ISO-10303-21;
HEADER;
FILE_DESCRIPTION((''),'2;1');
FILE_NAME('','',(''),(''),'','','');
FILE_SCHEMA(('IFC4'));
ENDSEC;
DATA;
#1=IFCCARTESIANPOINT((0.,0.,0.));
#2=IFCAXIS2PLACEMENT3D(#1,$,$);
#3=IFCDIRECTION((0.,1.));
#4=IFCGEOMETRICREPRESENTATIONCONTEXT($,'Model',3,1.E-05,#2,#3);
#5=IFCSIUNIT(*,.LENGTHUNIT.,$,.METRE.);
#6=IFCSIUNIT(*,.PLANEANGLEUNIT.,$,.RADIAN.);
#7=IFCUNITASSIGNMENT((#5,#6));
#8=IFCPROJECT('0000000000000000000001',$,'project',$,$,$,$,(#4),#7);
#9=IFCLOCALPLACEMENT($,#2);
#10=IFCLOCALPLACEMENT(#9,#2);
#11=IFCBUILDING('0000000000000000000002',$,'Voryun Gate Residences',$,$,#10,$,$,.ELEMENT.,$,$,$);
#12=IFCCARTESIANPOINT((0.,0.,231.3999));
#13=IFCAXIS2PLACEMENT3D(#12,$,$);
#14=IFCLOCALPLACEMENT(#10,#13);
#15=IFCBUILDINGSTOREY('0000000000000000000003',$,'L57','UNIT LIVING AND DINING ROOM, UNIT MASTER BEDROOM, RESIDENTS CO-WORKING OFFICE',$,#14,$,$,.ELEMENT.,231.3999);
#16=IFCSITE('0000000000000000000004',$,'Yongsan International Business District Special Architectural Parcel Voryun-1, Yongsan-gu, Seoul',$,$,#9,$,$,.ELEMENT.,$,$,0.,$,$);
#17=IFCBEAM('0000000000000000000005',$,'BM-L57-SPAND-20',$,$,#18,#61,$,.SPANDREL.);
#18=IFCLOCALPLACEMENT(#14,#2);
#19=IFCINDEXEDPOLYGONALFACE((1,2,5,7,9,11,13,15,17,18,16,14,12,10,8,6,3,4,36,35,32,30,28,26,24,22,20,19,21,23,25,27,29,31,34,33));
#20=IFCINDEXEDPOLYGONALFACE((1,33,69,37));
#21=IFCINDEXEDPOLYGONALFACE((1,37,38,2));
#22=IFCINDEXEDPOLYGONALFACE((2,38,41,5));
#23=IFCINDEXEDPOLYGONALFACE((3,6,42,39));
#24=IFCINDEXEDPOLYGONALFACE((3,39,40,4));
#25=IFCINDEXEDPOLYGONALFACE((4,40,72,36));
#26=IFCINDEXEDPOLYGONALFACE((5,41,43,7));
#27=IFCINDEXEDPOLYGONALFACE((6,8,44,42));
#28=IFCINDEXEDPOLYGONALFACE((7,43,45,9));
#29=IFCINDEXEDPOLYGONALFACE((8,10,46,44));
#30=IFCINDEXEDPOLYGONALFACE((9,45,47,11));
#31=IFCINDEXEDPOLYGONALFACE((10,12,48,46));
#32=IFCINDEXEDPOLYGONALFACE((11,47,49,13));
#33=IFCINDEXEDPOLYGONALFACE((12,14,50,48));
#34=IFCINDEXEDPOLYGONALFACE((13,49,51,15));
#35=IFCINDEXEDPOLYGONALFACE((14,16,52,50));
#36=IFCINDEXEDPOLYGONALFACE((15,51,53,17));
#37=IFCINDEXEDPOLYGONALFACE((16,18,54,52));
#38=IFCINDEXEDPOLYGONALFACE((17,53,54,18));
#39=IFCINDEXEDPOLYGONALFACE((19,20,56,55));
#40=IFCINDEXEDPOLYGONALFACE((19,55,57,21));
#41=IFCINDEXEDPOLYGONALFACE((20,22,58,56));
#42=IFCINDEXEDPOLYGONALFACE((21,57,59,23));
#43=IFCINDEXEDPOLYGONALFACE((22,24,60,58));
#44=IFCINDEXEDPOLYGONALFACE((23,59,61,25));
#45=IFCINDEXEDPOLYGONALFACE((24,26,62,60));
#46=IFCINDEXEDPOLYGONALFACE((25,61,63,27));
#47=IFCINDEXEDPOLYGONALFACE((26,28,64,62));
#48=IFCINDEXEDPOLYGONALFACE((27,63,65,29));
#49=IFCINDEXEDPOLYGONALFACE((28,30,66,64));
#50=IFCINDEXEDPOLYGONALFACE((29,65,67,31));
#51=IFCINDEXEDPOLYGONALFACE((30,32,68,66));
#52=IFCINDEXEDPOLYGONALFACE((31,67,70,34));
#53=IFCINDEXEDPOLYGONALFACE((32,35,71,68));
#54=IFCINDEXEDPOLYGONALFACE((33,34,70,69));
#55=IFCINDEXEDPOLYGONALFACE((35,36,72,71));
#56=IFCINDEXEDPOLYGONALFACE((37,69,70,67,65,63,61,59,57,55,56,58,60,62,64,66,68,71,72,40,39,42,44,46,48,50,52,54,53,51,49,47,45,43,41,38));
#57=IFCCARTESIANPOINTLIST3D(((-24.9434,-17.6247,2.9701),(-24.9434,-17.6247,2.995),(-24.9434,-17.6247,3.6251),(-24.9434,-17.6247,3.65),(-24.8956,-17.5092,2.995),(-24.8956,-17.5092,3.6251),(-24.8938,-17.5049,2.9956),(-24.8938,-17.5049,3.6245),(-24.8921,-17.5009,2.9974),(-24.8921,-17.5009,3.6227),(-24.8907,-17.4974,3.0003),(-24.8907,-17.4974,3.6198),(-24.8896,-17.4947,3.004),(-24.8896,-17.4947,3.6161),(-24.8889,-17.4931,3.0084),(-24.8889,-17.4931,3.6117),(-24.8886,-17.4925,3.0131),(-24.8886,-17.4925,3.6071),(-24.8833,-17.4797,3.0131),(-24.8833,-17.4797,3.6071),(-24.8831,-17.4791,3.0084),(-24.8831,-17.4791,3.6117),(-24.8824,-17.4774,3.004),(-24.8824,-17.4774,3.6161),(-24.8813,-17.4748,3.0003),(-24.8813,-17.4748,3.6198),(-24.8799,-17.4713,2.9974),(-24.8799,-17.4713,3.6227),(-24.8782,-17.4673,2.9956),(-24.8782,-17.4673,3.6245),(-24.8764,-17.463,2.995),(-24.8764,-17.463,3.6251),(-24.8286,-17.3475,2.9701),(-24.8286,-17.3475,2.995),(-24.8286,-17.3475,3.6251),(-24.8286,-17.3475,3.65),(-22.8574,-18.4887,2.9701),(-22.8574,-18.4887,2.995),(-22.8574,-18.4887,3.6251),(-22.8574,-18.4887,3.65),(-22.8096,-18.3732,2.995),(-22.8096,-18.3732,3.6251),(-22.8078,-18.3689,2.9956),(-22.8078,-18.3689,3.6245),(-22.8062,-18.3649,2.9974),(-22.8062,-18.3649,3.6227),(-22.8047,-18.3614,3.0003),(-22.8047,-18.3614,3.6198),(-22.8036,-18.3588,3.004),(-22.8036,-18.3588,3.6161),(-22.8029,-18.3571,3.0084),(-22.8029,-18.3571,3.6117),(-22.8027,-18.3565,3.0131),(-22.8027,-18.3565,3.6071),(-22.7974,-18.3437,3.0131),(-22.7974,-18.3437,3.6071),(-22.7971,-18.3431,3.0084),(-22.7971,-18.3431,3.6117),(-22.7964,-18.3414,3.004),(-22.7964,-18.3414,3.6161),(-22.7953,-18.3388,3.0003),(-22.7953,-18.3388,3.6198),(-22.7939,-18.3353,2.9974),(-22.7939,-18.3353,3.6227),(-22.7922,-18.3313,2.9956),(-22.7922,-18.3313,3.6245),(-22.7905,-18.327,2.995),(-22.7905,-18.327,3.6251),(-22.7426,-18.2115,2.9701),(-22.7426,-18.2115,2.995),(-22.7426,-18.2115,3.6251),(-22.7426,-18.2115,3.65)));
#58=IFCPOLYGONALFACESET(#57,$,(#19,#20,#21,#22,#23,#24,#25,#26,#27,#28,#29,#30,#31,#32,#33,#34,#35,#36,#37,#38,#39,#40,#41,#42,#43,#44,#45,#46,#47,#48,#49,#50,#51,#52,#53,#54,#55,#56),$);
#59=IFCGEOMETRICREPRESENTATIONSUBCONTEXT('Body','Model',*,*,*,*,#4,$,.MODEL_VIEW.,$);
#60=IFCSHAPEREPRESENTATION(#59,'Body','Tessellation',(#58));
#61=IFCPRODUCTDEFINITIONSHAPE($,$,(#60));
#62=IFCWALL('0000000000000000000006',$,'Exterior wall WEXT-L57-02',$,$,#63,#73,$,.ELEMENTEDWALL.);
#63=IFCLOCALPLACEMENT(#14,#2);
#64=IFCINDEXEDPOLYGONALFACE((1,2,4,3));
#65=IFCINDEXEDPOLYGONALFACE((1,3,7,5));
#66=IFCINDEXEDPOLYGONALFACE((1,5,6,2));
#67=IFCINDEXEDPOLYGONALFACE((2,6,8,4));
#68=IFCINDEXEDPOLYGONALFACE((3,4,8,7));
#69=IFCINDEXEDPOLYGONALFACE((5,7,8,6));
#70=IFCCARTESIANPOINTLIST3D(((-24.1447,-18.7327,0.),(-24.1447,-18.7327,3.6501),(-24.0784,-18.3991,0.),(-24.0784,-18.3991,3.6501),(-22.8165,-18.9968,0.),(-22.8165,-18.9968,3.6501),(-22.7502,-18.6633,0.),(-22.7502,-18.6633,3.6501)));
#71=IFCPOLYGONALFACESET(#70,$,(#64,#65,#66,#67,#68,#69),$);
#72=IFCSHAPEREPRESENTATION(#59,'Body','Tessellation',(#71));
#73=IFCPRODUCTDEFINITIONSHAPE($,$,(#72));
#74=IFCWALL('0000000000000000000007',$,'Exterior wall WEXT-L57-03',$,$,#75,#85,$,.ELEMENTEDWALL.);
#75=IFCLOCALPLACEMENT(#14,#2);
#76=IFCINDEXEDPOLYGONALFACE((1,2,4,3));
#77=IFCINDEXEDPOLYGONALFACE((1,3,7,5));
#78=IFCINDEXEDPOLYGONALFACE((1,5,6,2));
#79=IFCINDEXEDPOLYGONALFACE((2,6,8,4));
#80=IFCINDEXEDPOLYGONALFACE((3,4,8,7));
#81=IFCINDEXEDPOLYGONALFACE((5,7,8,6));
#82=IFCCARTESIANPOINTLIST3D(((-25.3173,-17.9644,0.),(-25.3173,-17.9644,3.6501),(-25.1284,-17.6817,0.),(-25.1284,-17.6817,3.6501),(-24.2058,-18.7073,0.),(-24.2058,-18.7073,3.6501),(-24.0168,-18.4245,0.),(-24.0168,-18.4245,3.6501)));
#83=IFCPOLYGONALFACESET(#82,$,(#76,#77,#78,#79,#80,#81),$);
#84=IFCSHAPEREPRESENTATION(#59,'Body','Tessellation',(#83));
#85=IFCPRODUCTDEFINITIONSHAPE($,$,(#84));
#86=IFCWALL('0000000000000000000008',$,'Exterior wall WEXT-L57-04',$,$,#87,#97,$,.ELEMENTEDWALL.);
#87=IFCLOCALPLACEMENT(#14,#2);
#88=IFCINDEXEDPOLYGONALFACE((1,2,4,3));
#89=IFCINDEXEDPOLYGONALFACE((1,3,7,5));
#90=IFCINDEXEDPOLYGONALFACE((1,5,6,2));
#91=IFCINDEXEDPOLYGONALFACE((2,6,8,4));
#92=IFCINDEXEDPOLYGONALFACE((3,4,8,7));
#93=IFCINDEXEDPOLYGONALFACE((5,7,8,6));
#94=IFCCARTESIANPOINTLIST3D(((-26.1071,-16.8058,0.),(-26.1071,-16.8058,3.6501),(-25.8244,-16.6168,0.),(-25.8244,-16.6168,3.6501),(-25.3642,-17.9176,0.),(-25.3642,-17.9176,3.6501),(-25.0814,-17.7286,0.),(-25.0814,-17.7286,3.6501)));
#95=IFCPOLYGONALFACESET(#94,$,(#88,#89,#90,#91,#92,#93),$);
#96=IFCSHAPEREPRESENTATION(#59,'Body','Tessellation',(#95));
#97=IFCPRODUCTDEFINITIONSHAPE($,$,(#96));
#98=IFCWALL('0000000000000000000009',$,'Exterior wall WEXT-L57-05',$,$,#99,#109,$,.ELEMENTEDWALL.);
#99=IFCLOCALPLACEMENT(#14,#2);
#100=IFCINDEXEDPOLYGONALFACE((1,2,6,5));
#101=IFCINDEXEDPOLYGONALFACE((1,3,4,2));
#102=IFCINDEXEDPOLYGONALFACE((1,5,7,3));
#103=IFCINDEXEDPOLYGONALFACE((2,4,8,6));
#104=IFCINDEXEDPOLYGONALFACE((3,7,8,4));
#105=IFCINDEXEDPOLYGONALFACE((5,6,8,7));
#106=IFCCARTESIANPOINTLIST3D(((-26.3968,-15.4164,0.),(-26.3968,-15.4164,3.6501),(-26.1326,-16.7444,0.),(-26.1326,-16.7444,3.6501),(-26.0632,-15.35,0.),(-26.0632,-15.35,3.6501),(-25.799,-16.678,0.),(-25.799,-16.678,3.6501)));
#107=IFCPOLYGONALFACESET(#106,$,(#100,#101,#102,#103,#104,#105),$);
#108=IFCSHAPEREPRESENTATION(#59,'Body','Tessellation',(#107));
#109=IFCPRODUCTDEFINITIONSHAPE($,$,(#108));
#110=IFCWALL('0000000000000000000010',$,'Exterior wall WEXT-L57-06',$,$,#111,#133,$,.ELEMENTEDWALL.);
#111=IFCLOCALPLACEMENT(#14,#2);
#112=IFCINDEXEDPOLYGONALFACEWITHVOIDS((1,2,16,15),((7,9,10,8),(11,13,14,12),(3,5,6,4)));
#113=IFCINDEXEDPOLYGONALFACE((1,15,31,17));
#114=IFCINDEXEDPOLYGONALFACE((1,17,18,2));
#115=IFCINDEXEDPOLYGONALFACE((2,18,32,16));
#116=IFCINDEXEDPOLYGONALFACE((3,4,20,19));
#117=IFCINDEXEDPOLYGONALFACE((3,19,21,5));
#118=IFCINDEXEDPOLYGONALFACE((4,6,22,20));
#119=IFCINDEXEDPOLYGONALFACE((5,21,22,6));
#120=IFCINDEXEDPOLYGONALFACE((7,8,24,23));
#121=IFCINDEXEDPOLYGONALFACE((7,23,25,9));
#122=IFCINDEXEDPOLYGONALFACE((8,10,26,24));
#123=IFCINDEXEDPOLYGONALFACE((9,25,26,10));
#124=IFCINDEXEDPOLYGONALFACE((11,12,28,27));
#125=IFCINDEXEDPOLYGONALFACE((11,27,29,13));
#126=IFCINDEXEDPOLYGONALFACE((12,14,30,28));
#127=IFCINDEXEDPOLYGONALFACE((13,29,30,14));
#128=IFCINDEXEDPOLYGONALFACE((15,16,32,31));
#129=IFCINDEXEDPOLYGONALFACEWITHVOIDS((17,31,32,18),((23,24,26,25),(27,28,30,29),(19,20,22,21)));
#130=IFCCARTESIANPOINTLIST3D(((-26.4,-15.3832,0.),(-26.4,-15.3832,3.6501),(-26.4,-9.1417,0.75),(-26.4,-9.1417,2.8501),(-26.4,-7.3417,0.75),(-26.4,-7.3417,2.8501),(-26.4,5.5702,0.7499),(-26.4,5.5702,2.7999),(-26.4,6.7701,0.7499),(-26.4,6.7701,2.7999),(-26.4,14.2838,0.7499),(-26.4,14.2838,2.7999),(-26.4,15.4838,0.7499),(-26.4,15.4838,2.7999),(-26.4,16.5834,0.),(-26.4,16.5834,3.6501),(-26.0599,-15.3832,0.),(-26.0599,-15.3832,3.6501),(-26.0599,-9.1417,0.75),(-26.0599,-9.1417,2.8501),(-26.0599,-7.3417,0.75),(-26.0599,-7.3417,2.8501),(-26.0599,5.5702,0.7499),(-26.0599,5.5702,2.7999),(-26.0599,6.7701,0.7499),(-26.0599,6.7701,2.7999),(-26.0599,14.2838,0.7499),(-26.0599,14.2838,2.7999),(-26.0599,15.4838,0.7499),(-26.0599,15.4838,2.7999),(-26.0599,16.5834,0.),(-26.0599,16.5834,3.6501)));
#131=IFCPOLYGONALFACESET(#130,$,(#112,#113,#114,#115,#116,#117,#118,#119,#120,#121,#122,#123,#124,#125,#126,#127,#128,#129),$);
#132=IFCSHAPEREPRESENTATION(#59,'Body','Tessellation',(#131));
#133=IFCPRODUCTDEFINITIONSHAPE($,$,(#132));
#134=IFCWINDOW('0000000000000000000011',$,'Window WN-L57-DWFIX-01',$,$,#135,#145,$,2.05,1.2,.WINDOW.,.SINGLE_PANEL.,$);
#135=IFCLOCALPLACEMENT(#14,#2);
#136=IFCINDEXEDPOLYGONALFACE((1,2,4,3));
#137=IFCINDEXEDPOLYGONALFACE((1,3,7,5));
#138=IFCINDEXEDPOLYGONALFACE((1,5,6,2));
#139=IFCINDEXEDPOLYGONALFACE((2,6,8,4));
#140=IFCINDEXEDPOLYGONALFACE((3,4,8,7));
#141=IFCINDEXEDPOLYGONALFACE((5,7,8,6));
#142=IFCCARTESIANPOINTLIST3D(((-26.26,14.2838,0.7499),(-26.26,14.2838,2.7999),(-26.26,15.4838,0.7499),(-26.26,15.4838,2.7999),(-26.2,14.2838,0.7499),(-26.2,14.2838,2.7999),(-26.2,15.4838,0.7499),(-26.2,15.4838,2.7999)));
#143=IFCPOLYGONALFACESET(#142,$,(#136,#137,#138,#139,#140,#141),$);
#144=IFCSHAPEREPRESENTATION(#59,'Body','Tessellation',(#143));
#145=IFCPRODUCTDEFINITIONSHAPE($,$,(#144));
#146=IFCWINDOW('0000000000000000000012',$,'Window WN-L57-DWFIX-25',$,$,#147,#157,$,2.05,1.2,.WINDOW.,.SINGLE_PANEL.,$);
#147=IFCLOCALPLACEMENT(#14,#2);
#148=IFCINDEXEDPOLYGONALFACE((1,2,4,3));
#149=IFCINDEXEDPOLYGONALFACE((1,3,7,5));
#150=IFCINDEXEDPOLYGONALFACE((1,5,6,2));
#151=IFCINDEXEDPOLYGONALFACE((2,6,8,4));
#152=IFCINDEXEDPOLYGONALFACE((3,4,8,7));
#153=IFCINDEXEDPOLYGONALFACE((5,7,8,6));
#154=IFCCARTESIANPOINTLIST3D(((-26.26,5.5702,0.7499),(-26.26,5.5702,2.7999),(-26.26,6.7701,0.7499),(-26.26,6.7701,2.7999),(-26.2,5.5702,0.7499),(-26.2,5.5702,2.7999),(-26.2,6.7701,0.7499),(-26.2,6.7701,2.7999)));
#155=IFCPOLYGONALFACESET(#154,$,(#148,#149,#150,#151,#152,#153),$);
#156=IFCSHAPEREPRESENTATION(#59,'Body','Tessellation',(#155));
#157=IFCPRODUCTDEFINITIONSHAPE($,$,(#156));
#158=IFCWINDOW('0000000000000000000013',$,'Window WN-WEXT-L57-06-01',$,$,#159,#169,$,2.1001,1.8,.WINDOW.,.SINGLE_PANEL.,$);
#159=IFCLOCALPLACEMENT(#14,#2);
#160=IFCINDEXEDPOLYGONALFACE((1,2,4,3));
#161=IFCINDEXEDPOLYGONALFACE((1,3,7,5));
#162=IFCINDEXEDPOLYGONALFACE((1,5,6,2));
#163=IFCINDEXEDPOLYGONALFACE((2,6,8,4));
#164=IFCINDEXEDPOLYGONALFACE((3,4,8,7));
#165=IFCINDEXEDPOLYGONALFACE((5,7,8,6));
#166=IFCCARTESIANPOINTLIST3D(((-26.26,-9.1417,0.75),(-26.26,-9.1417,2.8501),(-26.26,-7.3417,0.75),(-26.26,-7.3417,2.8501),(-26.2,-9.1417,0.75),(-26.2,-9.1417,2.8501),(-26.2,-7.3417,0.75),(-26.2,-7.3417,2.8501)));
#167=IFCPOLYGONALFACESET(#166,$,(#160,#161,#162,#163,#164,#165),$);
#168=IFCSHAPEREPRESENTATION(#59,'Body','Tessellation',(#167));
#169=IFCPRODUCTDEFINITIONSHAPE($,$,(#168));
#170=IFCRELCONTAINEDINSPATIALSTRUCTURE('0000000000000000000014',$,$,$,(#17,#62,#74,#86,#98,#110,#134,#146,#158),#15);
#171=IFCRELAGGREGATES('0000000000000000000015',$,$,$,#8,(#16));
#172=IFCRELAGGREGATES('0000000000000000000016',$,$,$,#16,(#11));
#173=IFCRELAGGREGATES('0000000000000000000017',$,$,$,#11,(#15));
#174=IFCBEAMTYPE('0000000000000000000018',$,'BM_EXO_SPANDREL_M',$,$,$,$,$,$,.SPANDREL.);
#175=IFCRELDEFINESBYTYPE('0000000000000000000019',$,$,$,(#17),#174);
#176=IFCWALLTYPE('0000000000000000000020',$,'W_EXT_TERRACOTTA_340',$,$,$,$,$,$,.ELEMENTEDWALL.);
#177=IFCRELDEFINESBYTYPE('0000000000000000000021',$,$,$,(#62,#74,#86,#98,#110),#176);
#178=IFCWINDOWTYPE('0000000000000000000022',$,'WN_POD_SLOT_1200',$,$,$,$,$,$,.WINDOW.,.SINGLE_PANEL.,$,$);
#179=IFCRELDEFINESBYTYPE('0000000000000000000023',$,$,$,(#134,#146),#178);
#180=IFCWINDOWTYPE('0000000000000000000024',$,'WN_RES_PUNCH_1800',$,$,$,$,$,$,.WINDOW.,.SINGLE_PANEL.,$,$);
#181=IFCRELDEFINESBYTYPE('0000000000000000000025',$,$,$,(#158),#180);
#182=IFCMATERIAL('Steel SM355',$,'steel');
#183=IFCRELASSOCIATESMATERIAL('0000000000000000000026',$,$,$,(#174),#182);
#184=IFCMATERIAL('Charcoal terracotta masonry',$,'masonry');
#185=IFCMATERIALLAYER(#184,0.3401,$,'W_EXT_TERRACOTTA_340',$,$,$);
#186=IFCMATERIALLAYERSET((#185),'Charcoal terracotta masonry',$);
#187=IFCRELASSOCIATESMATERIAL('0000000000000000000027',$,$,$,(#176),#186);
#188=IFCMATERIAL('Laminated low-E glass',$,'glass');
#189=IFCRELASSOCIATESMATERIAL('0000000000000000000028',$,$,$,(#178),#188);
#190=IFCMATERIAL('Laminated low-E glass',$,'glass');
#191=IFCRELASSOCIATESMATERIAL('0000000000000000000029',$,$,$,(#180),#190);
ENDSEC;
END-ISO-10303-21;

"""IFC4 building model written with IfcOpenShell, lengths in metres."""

from ifc_helpers import new_model, si_unit, direction, frame, frame_2d, origin, origin_2d, place, context, subcontext, project, spatial, rectangle, i_section, extrude, material, layer, layer_set, material_profile, profile_set, type_object, element, fill, save


model = new_model("IFC4")

# Units and contexts
model_context = context("Model", 3, precision=1e-05, world=origin(), true_north=direction((0.0, 1.0)))
body_context = subcontext(model_context, "Body", "Model", "MODEL_VIEW")
ifc_project = project(units=[si_unit("LENGTHUNIT", "METRE"), si_unit("PLANEANGLEUNIT", "RADIAN")], contexts=[model_context])

# Site, building, storey
site_placement = place(None, origin())
site = spatial("IfcSite", under=ifc_project, at=site_placement, Name="Yongsan International Business District Special Architectural Parcel Voryun-1, Yongsan-gu, Seoul", CompositionType="ELEMENT", RefElevation=0.0)
building_placement = place(site_placement, origin())
building = spatial("IfcBuilding", under=site, at=building_placement, Name="Voryun Gate Residences", CompositionType="ELEMENT")
storey_placement = place(building_placement, frame((0.0, 0.0, 231.3999)))
storey = spatial("IfcBuildingStorey", under=building, at=storey_placement, Name="L57", Description="UNIT LIVING AND DINING ROOM, UNIT MASTER BEDROOM, RESIDENTS CO-WORKING OFFICE", CompositionType="ELEMENT", Elevation=231.3999)

# Beam
ifc_material_1 = material(Name="Steel SM355", Category="steel")
ifc_material_profile_1 = material_profile(ifc_material_1, i_section(OverallWidth=0.3, OverallDepth=0.6799, WebThickness=0.0139, FlangeThickness=0.0249, FilletRadius=0.0181, at=origin_2d()), Name="H-680x300x14x25")
ifc_profile_set_1 = profile_set([ifc_material_profile_1], Name="Steel SM355")
beam_type = type_object("IfcBeamType", Name="BM_EXO_SPANDREL_M", PredefinedType="SPANDREL", material=ifc_profile_set_1)
beam_1_placement = place(storey_placement, frame((-24.886, -17.4861, 3.3101), z_axis=(0.923881, -0.38268, 0.0), x_axis=(0.38268, 0.923881, 0.0)))
element("IfcBeam", 1, at=beam_1_placement, inside=storey, type_object=beam_type, Name="BM-L57-SPAND-20", PredefinedType="SPANDREL", context=body_context, shape_type="SweptSolid", body=[
    extrude(i_section(OverallWidth=0.3, OverallDepth=0.6799, WebThickness=0.0139, FlangeThickness=0.0249, FilletRadius=0.0181, at=origin_2d()), origin(), (0.0, 0.0, 1.0), 2.2578),
])

# Walls
ifc_material_2 = material(Name="Charcoal terracotta masonry", Category="masonry")
ifc_layer_1 = layer(ifc_material_2, 0.3401, Name="W_EXT_TERRACOTTA_340")
ifc_layer_set_1 = layer_set([ifc_layer_1], Name="Charcoal terracotta masonry")
wall_type_1 = type_object("IfcWallType", Name="W_EXT_TERRACOTTA_340", PredefinedType="ELEMENTEDWALL", material=ifc_layer_set_1)
wall_1_placement = place(storey_placement, frame((-22.7832, -18.8301, 0.0), z_axis=(0.0, 0.0, 1.0), x_axis=(-0.980788, 0.195076, 0.0)))
element("IfcWall", 2, at=wall_1_placement, inside=storey, type_object=wall_type_1, Name="Exterior wall WEXT-L57-02", PredefinedType="ELEMENTEDWALL", context=body_context, shape_type="SweptSolid", body=[
    extrude(rectangle(XDim=1.3542, YDim=0.3401, at=frame_2d((0.6772, 0.0))), origin(), (0.0, 0.0, 1.0), 3.6501),
])
wall_2_placement = place(storey_placement, frame((-24.1113, -18.5659, 0.0), z_axis=(0.0, 0.0, 1.0), x_axis=(-0.831404, 0.555669, 0.0)))
element("IfcWall", 3, at=wall_2_placement, inside=storey, type_object=wall_type_1, Name="Exterior wall WEXT-L57-03", PredefinedType="ELEMENTEDWALL", context=body_context, shape_type="SweptSolid", body=[
    extrude(rectangle(XDim=1.3369, YDim=0.3401, at=frame_2d((0.6685, 0.0))), origin(), (0.0, 0.0, 1.0), 3.6501),
])
wall_3_placement = place(storey_placement, frame((-25.2229, -17.823, 0.0), z_axis=(0.0, 0.0, 1.0), x_axis=(-0.555585, 0.83146, 0.0)))
element("IfcWall", 4, at=wall_3_placement, inside=storey, type_object=wall_type_1, Name="Exterior wall WEXT-L57-04", PredefinedType="ELEMENTEDWALL", context=body_context, shape_type="SweptSolid", body=[
    extrude(rectangle(XDim=1.3372, YDim=0.3401, at=frame_2d((0.6685, 0.0))), origin(), (0.0, 0.0, 1.0), 3.6501),
])
wall_4_placement = place(storey_placement, frame((-25.9658, -16.7112, 0.0), z_axis=(0.0, 0.0, 1.0), x_axis=(-0.19511, 0.980781, 0.0)))
element("IfcWall", 5, at=wall_4_placement, inside=storey, type_object=wall_type_1, Name="Exterior wall WEXT-L57-05", PredefinedType="ELEMENTEDWALL", context=body_context, shape_type="SweptSolid", body=[
    extrude(rectangle(XDim=1.354, YDim=0.3401, at=frame_2d((0.677, 0.0))), origin(), (0.0, 0.0, 1.0), 3.6501),
])

# Wall, openings, windows
wall_5_placement = place(storey_placement, frame((-26.23, -15.3833, 0.0), z_axis=(0.0, 0.0, 1.0), x_axis=(0.0, 1.0, 0.0)))
wall_5 = element("IfcWall", 6, at=wall_5_placement, inside=storey, type_object=wall_type_1, Name="Exterior wall WEXT-L57-06", PredefinedType="ELEMENTEDWALL", context=body_context, shape_type="SweptSolid", body=[
    extrude(rectangle(XDim=31.9666, YDim=0.3401, at=frame_2d((15.9834, 0.0))), origin(), (0.0, 0.0, 1.0), 3.6501),
])
opening_1_placement = place(wall_5_placement, frame((6.2417, 0.0, 0.75)))
opening_1 = element("IfcOpeningElement", 7, at=opening_1_placement, cuts=wall_5, PredefinedType="OPENING", context=body_context, shape_type="SweptSolid", body=[
    extrude(rectangle(XDim=1.8, YDim=2.1001, at=frame_2d((0.8999, 1.05))), frame((0.0, 0.1799, 0.0), z_axis=(0.0, -1.0, 0.0), x_axis=(1.0, 0.0, 0.0)), (0.0, 0.0, 1.0), 0.3601),
])
opening_2_placement = place(wall_5_placement, frame((29.667, 0.0, 0.75)))
opening_2 = element("IfcOpeningElement", 8, at=opening_2_placement, cuts=wall_5, PredefinedType="OPENING", context=body_context, shape_type="SweptSolid", body=[
    extrude(rectangle(XDim=1.2, YDim=2.05, at=frame_2d((0.6001, 1.0249))), frame((0.0, 0.1799, 0.0), z_axis=(0.0, -1.0, 0.0), x_axis=(1.0, 0.0, 0.0)), (0.0, 0.0, 1.0), 0.3601),
])
opening_3_placement = place(wall_5_placement, frame((20.9534, 0.0, 0.75)))
opening_3 = element("IfcOpeningElement", 9, at=opening_3_placement, cuts=wall_5, PredefinedType="OPENING", context=body_context, shape_type="SweptSolid", body=[
    extrude(rectangle(XDim=1.2, YDim=2.05, at=frame_2d((0.6001, 1.0249))), frame((0.0, 0.1799, 0.0), z_axis=(0.0, -1.0, 0.0), x_axis=(1.0, 0.0, 0.0)), (0.0, 0.0, 1.0), 0.3601),
])
ifc_material_3 = material(Name="Laminated low-E glass", Category="glass")
window_type_1 = type_object("IfcWindowType", Name="WN_POD_SLOT_1200", PartitioningType="SINGLE_PANEL", PredefinedType="WINDOW", material=ifc_material_3)
window_1_placement = place(opening_2_placement, origin())
window_1 = element("IfcWindow", 10, at=window_1_placement, inside=storey, type_object=window_type_1, Name="Window WN-L57-DWFIX-01", OverallHeight=2.05, OverallWidth=1.2, PartitioningType="SINGLE_PANEL", PredefinedType="WINDOW", context=body_context, shape_type="SweptSolid", body=[
    extrude(rectangle(XDim=1.2, YDim=2.05, at=frame_2d((0.6001, 1.0249))), frame((0.0, 0.03, 0.0), z_axis=(0.0, -1.0, 0.0), x_axis=(1.0, 0.0, 0.0)), (0.0, 0.0, 1.0), 0.0601),
])
fill(opening_2, window_1)
window_2_placement = place(opening_3_placement, origin())
window_2 = element("IfcWindow", 11, at=window_2_placement, inside=storey, type_object=window_type_1, Name="Window WN-L57-DWFIX-25", OverallHeight=2.05, OverallWidth=1.2, PartitioningType="SINGLE_PANEL", PredefinedType="WINDOW", context=body_context, shape_type="SweptSolid", body=[
    extrude(rectangle(XDim=1.2, YDim=2.05, at=frame_2d((0.6001, 1.0249))), frame((0.0, 0.03, 0.0), z_axis=(0.0, -1.0, 0.0), x_axis=(1.0, 0.0, 0.0)), (0.0, 0.0, 1.0), 0.0601),
])
fill(opening_3, window_2)
ifc_material_4 = material(Name="Laminated low-E glass", Category="glass")
window_type_2 = type_object("IfcWindowType", Name="WN_RES_PUNCH_1800", PartitioningType="SINGLE_PANEL", PredefinedType="WINDOW", material=ifc_material_4)
window_3_placement = place(opening_1_placement, origin())
window_3 = element("IfcWindow", 12, at=window_3_placement, inside=storey, type_object=window_type_2, Name="Window WN-WEXT-L57-06-01", OverallHeight=2.1001, OverallWidth=1.8, PartitioningType="SINGLE_PANEL", PredefinedType="WINDOW", context=body_context, shape_type="SweptSolid", body=[
    extrude(rectangle(XDim=1.8, YDim=2.1001, at=frame_2d((0.8999, 1.05))), frame((0.0, 0.03, 0.0), z_axis=(0.0, -1.0, 0.0), x_axis=(1.0, 0.0, 0.0)), (0.0, 0.0, 1.0), 0.0601),
])
fill(opening_1, window_3)

save(model, "model.ifc")
